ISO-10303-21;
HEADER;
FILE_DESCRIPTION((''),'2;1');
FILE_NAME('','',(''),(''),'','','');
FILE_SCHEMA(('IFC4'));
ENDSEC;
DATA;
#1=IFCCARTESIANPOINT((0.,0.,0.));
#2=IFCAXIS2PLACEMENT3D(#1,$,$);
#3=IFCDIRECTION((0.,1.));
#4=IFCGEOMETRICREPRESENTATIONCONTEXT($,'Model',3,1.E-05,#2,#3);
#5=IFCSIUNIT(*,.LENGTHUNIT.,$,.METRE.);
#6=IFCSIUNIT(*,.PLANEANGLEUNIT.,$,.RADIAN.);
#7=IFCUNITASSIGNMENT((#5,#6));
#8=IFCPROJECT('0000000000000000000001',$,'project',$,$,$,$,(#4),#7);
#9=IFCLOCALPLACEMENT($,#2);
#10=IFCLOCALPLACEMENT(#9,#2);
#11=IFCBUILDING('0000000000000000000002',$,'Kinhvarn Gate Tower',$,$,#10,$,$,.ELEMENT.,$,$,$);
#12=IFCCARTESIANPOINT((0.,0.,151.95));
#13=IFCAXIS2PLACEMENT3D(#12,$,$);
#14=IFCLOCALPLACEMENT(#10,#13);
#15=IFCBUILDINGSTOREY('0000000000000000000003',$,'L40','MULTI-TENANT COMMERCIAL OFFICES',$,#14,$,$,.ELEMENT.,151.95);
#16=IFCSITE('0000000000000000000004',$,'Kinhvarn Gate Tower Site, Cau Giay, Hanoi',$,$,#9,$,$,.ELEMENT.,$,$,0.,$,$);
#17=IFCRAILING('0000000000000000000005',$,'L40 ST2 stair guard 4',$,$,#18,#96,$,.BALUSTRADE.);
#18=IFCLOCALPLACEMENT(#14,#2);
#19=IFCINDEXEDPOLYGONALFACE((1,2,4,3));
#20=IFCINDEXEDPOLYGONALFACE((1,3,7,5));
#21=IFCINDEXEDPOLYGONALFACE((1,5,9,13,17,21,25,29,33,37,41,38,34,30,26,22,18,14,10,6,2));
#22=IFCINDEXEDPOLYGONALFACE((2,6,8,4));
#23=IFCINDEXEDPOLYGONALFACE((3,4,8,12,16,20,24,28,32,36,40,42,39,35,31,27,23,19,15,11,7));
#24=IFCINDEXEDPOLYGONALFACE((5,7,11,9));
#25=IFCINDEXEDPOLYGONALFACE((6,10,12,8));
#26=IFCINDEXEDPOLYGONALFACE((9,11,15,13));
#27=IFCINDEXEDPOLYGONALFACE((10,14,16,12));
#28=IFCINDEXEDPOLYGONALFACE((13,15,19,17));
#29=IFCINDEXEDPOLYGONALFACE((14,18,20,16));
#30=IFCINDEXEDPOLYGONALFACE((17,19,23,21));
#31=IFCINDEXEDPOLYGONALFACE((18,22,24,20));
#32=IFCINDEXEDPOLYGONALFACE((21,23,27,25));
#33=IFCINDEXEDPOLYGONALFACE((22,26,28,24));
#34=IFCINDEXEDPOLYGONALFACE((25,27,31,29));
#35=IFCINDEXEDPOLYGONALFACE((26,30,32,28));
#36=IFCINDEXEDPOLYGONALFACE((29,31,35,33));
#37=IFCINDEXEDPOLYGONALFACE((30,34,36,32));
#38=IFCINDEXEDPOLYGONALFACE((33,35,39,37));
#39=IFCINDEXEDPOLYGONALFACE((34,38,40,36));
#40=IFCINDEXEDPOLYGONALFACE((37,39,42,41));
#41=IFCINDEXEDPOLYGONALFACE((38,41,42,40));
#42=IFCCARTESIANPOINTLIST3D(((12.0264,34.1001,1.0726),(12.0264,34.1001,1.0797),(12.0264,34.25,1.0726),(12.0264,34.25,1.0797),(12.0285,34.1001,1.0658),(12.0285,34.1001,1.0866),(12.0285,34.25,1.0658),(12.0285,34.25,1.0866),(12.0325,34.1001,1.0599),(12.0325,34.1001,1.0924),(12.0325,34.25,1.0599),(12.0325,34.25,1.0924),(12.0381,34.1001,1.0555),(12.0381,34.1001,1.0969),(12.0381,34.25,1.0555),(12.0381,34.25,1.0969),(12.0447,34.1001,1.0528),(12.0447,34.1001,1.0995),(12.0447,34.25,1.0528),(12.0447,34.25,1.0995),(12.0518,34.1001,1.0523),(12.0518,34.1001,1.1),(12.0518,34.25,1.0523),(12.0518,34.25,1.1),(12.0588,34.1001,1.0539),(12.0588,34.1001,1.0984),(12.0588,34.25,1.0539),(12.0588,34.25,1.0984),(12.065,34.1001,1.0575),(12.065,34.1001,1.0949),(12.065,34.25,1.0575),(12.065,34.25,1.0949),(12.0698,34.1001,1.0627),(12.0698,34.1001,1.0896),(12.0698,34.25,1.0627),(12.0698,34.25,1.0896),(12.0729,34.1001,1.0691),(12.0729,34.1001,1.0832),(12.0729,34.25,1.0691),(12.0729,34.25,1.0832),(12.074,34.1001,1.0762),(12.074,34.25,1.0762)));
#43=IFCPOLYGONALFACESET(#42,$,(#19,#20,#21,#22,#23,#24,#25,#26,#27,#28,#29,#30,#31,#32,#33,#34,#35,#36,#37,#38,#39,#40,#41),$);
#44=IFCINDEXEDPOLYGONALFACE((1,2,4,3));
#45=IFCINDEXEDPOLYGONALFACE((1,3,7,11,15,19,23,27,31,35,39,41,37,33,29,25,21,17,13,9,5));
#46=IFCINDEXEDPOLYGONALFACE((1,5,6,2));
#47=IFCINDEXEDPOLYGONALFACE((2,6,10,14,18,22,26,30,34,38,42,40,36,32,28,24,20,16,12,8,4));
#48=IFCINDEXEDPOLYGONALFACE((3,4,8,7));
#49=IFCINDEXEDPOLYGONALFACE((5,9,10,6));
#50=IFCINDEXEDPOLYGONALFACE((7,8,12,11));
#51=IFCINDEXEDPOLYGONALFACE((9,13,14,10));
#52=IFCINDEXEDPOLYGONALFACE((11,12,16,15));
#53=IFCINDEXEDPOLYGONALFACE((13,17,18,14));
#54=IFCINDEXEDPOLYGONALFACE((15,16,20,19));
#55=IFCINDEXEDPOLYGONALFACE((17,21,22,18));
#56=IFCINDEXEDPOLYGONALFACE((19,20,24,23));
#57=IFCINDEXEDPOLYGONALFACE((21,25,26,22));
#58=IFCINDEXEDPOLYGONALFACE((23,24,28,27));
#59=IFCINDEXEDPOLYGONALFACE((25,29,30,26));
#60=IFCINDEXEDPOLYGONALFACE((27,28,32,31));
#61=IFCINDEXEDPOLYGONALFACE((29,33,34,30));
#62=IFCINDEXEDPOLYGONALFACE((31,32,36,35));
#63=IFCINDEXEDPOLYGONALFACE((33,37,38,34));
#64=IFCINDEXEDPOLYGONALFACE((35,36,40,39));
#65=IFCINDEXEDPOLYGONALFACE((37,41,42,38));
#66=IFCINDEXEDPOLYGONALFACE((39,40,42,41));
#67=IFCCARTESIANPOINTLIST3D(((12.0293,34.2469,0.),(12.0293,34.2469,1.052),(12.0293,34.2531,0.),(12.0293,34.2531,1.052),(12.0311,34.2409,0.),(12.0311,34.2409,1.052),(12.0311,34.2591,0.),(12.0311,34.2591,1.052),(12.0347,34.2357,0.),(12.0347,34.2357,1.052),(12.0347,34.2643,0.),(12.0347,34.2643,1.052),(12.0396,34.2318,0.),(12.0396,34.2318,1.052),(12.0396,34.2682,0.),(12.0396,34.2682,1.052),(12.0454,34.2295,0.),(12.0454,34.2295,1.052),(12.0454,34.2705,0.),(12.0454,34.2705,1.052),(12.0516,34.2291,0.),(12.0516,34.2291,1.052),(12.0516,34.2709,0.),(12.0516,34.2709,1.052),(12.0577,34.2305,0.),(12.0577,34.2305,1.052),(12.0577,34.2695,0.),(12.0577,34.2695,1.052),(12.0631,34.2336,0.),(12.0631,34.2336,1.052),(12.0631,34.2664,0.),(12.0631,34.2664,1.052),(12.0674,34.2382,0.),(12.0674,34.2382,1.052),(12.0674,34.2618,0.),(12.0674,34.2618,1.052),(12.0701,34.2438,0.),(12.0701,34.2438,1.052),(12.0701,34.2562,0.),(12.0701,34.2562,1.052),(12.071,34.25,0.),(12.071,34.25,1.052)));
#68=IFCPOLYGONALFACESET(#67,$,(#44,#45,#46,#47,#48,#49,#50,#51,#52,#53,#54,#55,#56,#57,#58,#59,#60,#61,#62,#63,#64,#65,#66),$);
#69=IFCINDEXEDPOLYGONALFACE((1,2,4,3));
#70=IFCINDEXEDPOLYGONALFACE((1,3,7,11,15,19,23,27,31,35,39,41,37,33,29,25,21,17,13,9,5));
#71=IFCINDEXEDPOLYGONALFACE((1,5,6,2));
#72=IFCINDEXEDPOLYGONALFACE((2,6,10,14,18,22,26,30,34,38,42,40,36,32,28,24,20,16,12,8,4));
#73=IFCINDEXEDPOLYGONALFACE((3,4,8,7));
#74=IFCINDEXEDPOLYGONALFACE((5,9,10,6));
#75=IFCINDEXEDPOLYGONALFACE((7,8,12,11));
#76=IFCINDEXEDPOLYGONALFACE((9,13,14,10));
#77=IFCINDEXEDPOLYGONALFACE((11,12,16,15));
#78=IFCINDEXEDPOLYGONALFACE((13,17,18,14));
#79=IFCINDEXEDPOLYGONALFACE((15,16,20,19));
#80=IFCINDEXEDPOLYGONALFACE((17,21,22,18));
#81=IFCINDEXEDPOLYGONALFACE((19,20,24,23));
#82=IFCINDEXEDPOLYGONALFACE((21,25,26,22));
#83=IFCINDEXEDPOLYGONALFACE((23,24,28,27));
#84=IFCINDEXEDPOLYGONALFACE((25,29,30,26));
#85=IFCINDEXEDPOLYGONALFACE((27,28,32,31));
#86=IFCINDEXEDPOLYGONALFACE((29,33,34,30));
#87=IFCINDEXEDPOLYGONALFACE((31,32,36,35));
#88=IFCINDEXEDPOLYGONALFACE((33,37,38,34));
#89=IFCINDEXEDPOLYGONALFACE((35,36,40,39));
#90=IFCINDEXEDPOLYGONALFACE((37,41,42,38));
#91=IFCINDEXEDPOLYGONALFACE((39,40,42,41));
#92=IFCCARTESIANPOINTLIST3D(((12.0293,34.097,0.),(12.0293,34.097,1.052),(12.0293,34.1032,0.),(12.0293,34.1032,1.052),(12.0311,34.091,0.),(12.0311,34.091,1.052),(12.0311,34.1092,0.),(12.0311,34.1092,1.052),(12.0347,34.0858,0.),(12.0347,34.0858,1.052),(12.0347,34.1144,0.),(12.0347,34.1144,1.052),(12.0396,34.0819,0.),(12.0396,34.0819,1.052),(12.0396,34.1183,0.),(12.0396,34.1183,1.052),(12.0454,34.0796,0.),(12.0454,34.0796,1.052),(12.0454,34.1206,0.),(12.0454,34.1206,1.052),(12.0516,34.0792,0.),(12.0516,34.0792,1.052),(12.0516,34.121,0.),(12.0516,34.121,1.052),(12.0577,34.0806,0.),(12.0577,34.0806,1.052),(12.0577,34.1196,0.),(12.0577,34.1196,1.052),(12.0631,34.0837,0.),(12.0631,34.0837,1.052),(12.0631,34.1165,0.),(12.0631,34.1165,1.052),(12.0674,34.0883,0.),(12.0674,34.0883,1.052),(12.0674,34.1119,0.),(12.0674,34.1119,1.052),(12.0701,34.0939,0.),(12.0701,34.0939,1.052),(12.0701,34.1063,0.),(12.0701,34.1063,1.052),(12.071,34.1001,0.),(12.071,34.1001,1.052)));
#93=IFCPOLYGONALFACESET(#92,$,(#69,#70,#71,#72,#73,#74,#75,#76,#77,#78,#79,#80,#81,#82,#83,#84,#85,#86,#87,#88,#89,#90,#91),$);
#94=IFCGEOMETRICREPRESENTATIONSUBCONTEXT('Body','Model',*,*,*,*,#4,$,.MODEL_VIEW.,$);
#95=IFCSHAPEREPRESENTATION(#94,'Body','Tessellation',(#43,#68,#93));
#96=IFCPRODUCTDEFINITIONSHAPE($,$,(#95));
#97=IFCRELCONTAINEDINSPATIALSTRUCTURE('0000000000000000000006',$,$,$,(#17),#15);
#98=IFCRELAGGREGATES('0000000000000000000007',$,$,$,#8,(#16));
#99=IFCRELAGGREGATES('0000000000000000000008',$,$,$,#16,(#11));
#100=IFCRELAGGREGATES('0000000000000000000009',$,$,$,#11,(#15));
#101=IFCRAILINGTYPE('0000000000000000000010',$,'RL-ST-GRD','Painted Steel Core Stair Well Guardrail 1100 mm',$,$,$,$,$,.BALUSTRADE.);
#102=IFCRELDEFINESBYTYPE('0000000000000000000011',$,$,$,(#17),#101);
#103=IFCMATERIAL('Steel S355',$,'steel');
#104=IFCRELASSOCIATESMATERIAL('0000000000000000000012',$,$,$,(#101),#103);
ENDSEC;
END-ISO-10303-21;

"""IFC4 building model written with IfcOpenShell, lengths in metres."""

from ifc_helpers import new_model, si_unit, direction, frame, origin, origin_2d, place, context, subcontext, project, spatial, circle, extrude, material, type_object, element, save


model = new_model("IFC4")

# Units and contexts
model_context = context("Model", 3, precision=1e-05, world=origin(), true_north=direction((0.0, 1.0)))
body_context = subcontext(model_context, "Body", "Model", "MODEL_VIEW")
ifc_project = project(units=[si_unit("LENGTHUNIT", "METRE"), si_unit("PLANEANGLEUNIT", "RADIAN")], contexts=[model_context])

# Site, building, storey
site_placement = place(None, origin())
site = spatial("IfcSite", under=ifc_project, at=site_placement, Name="Kinhvarn Gate Tower Site, Cau Giay, Hanoi", CompositionType="ELEMENT", RefElevation=0.0)
building_placement = place(site_placement, origin())
building = spatial("IfcBuilding", under=site, at=building_placement, Name="Kinhvarn Gate Tower", CompositionType="ELEMENT")
storey_placement = place(building_placement, frame((0.0, 0.0, 151.95)))
storey = spatial("IfcBuildingStorey", under=building, at=storey_placement, Name="L40", Description="MULTI-TENANT COMMERCIAL OFFICES", CompositionType="ELEMENT", Elevation=151.95)

# Shared definitions
ifc_material_1 = material(Name="Steel S355", Category="steel")

# Railing
railing_type_1 = type_object("IfcRailingType", Name="RL-ST-GRD", Description="Painted Steel Core Stair Well Guardrail 1100 mm", PredefinedType="BALUSTRADE", material=ifc_material_1)
railing_1_placement = place(storey_placement, frame((12.05, 34.25, 0.0)))
element("IfcRailing", 1, at=railing_1_placement, inside=storey, type_object=railing_type_1, Name="L40 ST2 stair guard 4", PredefinedType="BALUSTRADE", context=body_context, shape_type="SweptSolid", body=[
    extrude(circle(Radius=0.0239, at=origin_2d()), frame((0.0, 0.0, 1.0762), z_axis=(0.0, -1.0, 0.0), x_axis=(1.0, 0.0, 0.0)), (0.0, 0.0, 1.0), 0.1499),
    extrude(circle(Radius=0.021, at=origin_2d()), origin(), (0.0, 0.0, 1.0), 1.052),
    extrude(circle(Radius=0.021, at=origin_2d()), frame((0.0, -0.1499, 0.0)), (0.0, 0.0, 1.0), 1.052),
])

save(model, "model.ifc")
